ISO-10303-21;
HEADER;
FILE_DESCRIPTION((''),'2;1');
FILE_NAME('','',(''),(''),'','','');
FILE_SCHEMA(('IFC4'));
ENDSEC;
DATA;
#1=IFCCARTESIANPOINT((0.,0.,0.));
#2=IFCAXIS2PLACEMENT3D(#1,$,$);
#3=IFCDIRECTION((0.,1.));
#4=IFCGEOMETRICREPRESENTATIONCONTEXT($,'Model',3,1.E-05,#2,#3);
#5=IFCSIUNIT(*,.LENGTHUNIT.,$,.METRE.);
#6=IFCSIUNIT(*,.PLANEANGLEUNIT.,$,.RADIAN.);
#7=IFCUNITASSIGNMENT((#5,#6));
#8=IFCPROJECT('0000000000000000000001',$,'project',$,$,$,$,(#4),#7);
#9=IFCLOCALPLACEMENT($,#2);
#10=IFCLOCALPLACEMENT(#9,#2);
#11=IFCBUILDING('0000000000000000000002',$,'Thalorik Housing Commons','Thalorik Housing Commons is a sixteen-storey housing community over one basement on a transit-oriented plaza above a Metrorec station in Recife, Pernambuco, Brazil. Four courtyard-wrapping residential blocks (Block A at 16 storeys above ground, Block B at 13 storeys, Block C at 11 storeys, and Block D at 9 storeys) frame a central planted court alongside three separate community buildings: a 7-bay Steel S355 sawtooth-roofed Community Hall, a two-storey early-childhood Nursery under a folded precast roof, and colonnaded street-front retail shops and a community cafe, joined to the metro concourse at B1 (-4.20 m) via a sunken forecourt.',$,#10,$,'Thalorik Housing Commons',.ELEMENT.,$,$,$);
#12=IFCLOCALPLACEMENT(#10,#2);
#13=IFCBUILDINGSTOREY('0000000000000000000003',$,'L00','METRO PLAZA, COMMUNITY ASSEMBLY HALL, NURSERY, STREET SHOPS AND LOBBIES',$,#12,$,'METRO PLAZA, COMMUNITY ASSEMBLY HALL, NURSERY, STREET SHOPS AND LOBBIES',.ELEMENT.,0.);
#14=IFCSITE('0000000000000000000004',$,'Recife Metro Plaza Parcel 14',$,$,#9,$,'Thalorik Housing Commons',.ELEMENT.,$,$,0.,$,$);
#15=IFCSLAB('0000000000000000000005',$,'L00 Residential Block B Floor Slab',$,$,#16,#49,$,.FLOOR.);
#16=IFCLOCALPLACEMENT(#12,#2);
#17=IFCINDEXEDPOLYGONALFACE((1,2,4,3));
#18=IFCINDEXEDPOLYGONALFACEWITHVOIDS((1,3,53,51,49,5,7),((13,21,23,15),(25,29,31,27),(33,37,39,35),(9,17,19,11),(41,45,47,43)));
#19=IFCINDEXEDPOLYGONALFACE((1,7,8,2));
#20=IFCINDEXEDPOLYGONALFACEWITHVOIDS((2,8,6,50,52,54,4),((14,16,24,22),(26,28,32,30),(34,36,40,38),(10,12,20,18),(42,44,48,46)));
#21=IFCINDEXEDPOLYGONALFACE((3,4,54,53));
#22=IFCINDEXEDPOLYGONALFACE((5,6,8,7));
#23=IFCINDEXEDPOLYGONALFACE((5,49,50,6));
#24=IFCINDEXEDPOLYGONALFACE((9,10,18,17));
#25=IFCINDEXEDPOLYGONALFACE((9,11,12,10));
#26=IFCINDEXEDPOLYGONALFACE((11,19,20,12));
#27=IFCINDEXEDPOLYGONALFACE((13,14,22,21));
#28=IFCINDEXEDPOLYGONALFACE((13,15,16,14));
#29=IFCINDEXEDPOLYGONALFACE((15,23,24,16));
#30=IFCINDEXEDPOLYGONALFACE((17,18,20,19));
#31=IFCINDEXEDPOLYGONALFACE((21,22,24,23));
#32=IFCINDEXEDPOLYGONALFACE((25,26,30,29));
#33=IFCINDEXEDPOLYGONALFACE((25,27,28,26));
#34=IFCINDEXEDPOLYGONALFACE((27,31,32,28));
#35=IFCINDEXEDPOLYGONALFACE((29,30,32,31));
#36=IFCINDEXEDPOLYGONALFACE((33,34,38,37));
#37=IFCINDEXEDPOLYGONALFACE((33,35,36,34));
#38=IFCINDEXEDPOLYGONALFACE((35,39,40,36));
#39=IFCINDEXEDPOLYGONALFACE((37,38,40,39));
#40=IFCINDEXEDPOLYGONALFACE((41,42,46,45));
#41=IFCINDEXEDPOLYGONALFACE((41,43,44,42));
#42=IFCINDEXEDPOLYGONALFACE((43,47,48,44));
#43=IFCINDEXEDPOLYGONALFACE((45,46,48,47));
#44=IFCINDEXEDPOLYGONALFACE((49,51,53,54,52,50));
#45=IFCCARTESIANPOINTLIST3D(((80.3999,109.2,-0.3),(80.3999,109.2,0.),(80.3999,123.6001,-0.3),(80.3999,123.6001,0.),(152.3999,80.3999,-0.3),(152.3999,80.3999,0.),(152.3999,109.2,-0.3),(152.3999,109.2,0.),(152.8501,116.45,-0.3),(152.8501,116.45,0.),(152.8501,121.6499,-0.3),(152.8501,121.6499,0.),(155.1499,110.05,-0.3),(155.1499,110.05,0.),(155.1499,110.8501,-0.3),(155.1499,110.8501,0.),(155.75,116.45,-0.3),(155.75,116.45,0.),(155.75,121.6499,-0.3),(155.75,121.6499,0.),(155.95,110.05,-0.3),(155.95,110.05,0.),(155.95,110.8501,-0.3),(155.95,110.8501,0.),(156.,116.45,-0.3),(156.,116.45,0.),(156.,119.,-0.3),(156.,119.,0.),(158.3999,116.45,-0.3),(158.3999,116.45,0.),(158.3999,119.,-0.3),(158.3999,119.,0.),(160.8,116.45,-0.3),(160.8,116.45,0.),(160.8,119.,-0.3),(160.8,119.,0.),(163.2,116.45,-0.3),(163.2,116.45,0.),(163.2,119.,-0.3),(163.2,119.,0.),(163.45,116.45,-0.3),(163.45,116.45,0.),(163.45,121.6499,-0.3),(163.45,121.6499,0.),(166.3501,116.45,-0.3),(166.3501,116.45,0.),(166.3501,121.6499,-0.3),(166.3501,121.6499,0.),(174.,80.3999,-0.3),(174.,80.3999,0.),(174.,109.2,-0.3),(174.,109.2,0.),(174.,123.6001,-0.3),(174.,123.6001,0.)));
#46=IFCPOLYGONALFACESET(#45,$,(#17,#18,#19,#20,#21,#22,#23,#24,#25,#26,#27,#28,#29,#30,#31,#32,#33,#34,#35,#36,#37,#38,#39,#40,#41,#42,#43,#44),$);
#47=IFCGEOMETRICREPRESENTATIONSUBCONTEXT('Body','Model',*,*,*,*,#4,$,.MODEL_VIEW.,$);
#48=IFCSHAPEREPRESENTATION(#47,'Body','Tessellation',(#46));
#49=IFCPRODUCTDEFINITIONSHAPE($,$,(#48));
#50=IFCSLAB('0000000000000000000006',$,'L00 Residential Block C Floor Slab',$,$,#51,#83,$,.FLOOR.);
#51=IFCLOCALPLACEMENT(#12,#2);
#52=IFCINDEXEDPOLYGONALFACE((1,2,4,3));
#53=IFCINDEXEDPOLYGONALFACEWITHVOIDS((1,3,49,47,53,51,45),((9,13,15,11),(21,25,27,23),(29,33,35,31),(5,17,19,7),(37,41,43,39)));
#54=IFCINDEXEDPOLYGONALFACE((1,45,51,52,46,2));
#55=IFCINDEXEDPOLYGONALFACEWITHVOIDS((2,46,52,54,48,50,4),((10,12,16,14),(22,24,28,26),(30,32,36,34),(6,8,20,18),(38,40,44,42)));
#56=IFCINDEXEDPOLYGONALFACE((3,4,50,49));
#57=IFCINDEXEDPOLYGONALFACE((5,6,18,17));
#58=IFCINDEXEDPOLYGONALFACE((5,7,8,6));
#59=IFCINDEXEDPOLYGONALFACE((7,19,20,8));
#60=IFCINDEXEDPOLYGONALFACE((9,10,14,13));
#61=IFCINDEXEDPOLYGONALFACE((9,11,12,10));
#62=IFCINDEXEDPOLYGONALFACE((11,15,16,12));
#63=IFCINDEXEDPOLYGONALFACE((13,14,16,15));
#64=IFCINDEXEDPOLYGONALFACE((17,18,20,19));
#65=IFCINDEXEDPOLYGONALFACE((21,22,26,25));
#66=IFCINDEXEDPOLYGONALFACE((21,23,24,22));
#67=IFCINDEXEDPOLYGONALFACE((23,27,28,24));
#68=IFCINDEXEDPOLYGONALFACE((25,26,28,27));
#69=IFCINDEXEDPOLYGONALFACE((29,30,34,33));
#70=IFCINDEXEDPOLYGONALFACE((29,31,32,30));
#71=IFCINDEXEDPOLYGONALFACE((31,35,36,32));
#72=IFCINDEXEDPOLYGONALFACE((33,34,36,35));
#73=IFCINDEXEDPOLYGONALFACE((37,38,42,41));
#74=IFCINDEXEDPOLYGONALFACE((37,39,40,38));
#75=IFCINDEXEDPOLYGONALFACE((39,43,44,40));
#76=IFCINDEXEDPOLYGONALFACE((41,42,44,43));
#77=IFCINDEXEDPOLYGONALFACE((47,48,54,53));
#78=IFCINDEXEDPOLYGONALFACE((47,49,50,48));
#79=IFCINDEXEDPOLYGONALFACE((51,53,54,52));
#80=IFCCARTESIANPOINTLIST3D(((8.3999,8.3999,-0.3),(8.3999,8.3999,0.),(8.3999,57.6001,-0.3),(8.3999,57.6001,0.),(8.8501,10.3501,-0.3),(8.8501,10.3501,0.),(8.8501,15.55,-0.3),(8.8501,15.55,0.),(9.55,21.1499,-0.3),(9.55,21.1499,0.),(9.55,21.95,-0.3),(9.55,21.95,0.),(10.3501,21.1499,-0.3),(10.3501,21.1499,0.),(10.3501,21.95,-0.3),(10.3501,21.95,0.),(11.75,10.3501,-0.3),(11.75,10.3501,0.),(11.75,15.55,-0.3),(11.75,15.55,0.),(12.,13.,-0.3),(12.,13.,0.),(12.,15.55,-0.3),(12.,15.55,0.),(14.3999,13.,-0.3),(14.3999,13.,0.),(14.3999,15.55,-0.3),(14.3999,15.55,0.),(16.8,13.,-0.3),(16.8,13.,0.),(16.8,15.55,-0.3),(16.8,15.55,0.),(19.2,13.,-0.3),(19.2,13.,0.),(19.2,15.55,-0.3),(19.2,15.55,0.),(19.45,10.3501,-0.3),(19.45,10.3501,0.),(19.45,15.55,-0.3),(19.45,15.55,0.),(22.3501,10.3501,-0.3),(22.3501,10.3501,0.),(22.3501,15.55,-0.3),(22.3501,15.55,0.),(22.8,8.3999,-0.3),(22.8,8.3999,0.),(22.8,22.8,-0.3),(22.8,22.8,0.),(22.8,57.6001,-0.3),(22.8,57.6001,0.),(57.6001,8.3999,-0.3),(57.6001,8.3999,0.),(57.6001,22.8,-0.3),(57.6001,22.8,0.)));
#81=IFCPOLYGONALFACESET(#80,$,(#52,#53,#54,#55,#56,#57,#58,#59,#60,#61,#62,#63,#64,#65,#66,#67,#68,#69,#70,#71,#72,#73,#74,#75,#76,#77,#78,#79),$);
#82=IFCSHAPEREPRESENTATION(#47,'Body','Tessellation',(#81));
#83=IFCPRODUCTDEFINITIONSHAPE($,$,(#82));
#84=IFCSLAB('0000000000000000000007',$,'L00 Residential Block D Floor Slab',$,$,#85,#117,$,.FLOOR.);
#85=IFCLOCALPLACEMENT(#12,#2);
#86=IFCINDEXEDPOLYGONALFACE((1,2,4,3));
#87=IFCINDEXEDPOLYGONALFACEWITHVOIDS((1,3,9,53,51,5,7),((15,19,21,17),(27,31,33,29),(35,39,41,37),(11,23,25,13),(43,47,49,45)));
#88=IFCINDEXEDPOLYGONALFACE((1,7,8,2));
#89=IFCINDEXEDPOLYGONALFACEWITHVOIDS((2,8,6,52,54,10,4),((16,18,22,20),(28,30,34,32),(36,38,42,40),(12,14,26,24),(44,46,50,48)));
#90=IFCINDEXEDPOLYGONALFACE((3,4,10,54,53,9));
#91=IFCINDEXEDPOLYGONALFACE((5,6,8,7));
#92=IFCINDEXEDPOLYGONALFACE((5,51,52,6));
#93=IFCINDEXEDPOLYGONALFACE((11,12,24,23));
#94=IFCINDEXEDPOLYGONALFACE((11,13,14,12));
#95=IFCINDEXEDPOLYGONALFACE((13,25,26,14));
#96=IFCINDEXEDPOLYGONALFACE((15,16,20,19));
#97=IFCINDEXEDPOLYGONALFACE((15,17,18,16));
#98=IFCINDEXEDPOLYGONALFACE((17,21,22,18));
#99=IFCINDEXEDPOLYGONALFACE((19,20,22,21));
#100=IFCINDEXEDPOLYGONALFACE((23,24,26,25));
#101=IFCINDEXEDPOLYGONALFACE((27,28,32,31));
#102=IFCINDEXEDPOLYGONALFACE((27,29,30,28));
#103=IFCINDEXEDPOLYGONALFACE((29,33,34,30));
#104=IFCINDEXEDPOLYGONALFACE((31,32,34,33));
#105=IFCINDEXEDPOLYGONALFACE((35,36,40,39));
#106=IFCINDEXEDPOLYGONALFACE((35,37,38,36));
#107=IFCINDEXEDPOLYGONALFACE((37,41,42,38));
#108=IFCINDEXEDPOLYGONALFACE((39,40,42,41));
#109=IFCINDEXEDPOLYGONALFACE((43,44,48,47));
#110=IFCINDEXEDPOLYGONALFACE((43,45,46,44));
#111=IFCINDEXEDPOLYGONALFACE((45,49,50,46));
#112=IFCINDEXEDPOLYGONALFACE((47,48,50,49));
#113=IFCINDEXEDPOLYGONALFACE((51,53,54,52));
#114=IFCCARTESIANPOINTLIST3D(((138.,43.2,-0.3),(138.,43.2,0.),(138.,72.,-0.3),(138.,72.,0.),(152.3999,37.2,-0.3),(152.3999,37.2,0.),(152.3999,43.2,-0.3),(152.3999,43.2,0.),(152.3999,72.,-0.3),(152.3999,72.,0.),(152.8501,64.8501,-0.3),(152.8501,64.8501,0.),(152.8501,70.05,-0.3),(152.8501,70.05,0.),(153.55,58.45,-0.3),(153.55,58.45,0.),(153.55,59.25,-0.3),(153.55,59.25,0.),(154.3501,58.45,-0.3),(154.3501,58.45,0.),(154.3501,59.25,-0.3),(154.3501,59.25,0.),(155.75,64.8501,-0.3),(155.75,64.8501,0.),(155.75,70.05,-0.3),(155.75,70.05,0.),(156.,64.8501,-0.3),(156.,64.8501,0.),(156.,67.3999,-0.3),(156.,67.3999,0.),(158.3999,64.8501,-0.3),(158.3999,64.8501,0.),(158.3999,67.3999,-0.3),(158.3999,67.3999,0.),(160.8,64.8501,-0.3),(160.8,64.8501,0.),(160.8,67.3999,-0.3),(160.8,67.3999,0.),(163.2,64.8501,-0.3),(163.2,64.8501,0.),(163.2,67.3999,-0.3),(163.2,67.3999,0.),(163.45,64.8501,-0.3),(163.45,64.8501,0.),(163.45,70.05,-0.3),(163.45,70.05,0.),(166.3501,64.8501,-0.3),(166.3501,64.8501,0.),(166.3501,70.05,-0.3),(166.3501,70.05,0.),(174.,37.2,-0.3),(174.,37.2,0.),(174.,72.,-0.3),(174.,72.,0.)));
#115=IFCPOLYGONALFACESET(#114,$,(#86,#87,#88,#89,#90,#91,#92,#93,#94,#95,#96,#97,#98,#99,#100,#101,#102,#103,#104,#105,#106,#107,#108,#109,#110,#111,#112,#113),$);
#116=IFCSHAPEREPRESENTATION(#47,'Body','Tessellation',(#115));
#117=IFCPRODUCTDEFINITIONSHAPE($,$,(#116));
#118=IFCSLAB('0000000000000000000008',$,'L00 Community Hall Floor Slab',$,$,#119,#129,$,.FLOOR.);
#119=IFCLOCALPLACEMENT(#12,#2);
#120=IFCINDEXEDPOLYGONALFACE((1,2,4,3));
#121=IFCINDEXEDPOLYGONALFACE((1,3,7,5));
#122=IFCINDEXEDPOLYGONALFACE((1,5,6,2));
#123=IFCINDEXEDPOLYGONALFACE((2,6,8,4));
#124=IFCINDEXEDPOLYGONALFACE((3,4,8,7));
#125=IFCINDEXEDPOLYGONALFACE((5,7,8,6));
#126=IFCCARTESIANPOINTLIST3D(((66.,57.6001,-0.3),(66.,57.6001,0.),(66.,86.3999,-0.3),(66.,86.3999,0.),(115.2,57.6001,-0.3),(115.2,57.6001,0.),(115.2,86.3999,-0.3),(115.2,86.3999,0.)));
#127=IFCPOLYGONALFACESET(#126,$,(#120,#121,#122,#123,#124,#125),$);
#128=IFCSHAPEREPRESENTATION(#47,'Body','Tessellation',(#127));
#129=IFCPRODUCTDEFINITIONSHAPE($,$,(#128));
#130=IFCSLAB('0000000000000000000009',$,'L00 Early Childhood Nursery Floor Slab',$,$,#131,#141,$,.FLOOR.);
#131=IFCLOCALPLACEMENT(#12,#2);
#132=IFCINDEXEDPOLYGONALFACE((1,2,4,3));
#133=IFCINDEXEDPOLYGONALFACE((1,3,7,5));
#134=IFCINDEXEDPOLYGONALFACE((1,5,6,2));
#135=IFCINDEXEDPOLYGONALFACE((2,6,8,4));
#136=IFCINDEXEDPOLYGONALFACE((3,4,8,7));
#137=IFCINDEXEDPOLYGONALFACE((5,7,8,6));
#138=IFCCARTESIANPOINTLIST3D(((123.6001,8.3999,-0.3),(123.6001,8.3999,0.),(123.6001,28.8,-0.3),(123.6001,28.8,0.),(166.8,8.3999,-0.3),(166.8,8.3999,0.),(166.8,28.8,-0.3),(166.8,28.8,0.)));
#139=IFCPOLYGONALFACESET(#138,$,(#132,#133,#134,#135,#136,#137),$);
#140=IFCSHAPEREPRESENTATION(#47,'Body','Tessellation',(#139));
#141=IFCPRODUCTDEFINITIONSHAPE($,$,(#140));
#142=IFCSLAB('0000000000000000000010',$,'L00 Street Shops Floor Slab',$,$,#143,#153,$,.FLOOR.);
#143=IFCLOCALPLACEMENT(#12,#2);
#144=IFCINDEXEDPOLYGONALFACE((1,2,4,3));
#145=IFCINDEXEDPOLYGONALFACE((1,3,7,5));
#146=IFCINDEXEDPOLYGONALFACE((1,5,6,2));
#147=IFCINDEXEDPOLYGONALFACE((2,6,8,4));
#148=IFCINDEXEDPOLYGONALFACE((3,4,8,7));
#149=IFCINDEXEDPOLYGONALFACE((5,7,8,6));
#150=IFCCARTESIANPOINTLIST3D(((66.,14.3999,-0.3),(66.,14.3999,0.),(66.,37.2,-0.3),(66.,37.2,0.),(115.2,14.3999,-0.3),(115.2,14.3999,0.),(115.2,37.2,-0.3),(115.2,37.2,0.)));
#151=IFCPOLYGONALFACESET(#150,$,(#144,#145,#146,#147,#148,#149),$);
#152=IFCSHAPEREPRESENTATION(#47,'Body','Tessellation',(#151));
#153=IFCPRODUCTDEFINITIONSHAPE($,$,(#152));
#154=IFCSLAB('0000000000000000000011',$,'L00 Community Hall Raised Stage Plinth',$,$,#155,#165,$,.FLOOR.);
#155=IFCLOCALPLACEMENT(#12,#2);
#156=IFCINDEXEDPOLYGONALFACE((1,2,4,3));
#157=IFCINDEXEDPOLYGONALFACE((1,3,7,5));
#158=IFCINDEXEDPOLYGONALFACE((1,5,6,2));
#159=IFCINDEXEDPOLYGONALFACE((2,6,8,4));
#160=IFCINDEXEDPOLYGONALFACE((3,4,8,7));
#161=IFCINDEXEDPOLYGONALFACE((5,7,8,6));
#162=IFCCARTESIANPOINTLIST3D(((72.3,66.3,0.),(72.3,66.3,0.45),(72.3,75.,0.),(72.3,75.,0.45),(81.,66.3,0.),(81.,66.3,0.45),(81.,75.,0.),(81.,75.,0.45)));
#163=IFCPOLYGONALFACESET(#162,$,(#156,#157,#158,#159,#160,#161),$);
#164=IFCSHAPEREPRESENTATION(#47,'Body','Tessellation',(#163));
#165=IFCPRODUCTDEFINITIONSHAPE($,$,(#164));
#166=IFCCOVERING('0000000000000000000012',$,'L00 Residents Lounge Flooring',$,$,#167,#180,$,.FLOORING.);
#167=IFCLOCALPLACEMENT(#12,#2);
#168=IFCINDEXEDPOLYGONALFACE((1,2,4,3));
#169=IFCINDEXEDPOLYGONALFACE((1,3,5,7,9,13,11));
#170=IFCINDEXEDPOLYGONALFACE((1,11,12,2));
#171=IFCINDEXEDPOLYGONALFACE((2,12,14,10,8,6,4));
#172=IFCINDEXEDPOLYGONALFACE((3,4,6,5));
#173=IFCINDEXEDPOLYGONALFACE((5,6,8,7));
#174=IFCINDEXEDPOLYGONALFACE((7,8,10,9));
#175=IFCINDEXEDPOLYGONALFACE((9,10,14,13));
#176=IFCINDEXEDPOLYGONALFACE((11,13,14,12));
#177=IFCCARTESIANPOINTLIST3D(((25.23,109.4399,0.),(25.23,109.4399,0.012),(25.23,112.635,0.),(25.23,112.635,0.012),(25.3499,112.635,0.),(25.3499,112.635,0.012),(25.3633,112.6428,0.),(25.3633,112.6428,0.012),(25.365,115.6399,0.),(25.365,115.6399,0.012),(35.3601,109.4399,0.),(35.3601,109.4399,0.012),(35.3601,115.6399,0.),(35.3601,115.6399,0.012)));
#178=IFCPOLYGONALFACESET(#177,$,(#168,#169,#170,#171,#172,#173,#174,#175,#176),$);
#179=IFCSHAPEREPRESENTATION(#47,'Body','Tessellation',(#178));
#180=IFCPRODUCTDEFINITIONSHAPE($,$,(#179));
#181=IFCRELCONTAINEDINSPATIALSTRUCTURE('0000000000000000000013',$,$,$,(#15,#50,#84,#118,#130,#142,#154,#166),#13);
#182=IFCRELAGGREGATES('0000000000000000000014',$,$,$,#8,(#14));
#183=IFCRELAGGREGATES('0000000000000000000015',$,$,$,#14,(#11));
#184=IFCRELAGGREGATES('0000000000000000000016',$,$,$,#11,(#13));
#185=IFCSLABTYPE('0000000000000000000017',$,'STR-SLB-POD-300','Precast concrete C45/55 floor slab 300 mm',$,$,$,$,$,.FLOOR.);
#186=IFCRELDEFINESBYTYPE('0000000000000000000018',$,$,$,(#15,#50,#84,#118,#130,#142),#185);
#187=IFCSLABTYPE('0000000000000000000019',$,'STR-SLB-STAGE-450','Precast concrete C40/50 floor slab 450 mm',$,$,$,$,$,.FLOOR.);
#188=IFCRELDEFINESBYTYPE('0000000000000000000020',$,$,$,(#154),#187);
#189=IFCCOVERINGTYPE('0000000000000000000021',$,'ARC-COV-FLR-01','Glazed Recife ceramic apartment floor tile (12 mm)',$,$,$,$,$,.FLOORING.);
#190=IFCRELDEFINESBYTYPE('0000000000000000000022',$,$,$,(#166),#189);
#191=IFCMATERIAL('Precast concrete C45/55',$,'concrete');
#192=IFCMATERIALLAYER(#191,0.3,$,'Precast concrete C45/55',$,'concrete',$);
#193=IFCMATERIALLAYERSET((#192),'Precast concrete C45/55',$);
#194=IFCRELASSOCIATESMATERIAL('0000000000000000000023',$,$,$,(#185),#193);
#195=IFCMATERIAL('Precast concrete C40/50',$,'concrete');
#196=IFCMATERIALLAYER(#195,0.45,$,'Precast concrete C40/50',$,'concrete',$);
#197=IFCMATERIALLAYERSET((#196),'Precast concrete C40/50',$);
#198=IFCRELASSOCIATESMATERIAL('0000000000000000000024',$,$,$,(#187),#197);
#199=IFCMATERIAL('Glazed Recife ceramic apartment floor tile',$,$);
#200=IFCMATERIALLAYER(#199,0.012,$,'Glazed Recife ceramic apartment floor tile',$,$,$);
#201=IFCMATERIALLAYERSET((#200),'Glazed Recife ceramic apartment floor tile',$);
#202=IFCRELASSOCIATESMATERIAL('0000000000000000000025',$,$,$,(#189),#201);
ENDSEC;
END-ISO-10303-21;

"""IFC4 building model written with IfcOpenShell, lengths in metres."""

from ifc_helpers import new_model, si_unit, direction, frame, origin, place, context, subcontext, project, spatial, polyline, outline, extrude, material, layer, layer_set, type_object, element, save


model = new_model("IFC4")

# Units and contexts
model_context = context("Model", 3, precision=1e-05, world=origin(), true_north=direction((0.0, 1.0)))
body_context = subcontext(model_context, "Body", "Model", "MODEL_VIEW")
ifc_project = project(units=[si_unit("LENGTHUNIT", "METRE"), si_unit("PLANEANGLEUNIT", "RADIAN")], contexts=[model_context])

# Site, building, storey
site_placement = place(None, origin())
site = spatial("IfcSite", under=ifc_project, at=site_placement, Name="Recife Metro Plaza Parcel 14", LongName="Thalorik Housing Commons", CompositionType="ELEMENT", RefElevation=0.0)
building_placement = place(site_placement, origin())
building = spatial("IfcBuilding", under=site, at=building_placement, Name="Thalorik Housing Commons", Description="Thalorik Housing Commons is a sixteen-storey housing community over one basement on a transit-oriented plaza above a Metrorec station in Recife, Pernambuco, Brazil. Four courtyard-wrapping residential blocks (Block A at 16 storeys above ground, Block B at 13 storeys, Block C at 11 storeys, and Block D at 9 storeys) frame a central planted court alongside three separate community buildings: a 7-bay Steel S355 sawtooth-roofed Community Hall, a two-storey early-childhood Nursery under a folded precast roof, and colonnaded street-front retail shops and a community cafe, joined to the metro concourse at B1 (-4.20 m) via a sunken forecourt.", LongName="Thalorik Housing Commons", CompositionType="ELEMENT")
storey_placement = place(building_placement, origin())
storey = spatial("IfcBuildingStorey", under=building, at=storey_placement, Name="L00", Description="METRO PLAZA, COMMUNITY ASSEMBLY HALL, NURSERY, STREET SHOPS AND LOBBIES", LongName="METRO PLAZA, COMMUNITY ASSEMBLY HALL, NURSERY, STREET SHOPS AND LOBBIES", CompositionType="ELEMENT", Elevation=0.0)

# Shared definitions
ifc_material_1 = material(Name="Precast concrete C40/50", Category="concrete")

# Slabs
ifc_material_2 = material(Name="Precast concrete C45/55", Category="concrete")
ifc_layer_1 = layer(ifc_material_2, 0.3, Name="Precast concrete C45/55", Category="concrete")
ifc_layer_set_1 = layer_set([ifc_layer_1], Name="Precast concrete C45/55")
slab_type_1 = type_object("IfcSlabType", Name="STR-SLB-POD-300", Description="Precast concrete C45/55 floor slab 300 mm", PredefinedType="FLOOR", material=ifc_layer_set_1)
slab_1_placement = place(storey_placement, frame((0.0, 0.0, -0.3)))
element("IfcSlab", 1, at=slab_1_placement, inside=storey, type_object=slab_type_1, Name="L00 Residential Block B Floor Slab", PredefinedType="FLOOR", context=body_context, shape_type="SweptSolid", body=[
    extrude(outline(polyline([(80.3999, 109.2), (152.3999, 109.2), (152.3999, 80.3999), (174.0, 80.3999), (174.0, 109.2), (174.0, 123.6001), (80.3999, 123.6001), (80.3999, 109.2)]), holes=[polyline([(152.8501, 121.6499), (155.75, 121.6499), (155.75, 116.45), (152.8501, 116.45), (152.8501, 121.6499)]), polyline([(166.3501, 121.6499), (166.3501, 116.45), (163.45, 116.45), (163.45, 121.6499), (166.3501, 121.6499)]), polyline([(158.3999, 119.0), (158.3999, 116.45), (156.0, 116.45), (156.0, 119.0), (158.3999, 119.0)]), polyline([(163.2, 116.45), (160.8, 116.45), (160.8, 119.0), (163.2, 119.0), (163.2, 116.45)]), polyline([(155.1499, 110.05), (155.1499, 110.8501), (155.95, 110.8501), (155.95, 110.05), (155.1499, 110.05)])]), origin(), (0.0, 0.0, 1.0), 0.3),
])
slab_2_placement = place(storey_placement, frame((0.0, 0.0, -0.3)))
element("IfcSlab", 2, at=slab_2_placement, inside=storey, type_object=slab_type_1, Name="L00 Residential Block C Floor Slab", PredefinedType="FLOOR", context=body_context, shape_type="SweptSolid", body=[
    extrude(outline(polyline([(8.3999, 8.3999), (22.8, 8.3999), (57.6001, 8.3999), (57.6001, 22.8), (22.8, 22.8), (22.8, 57.6001), (8.3999, 57.6001), (8.3999, 8.3999)]), holes=[polyline([(11.75, 10.3501), (8.8501, 10.3501), (8.8501, 15.55), (11.75, 15.55), (11.75, 10.3501)]), polyline([(19.45, 10.3501), (19.45, 15.55), (22.3501, 15.55), (22.3501, 10.3501), (19.45, 10.3501)]), polyline([(14.3999, 15.55), (14.3999, 13.0), (12.0, 13.0), (12.0, 15.55), (14.3999, 15.55)]), polyline([(19.2, 13.0), (16.8, 13.0), (16.8, 15.55), (19.2, 15.55), (19.2, 13.0)]), polyline([(9.55, 21.1499), (9.55, 21.95), (10.3501, 21.95), (10.3501, 21.1499), (9.55, 21.1499)])]), origin(), (0.0, 0.0, 1.0), 0.3),
])
slab_3_placement = place(storey_placement, frame((0.0, 0.0, -0.3)))
element("IfcSlab", 3, at=slab_3_placement, inside=storey, type_object=slab_type_1, Name="L00 Residential Block D Floor Slab", PredefinedType="FLOOR", context=body_context, shape_type="SweptSolid", body=[
    extrude(outline(polyline([(152.3999, 43.2), (152.3999, 37.2), (174.0, 37.2), (174.0, 72.0), (152.3999, 72.0), (138.0, 72.0), (138.0, 43.2), (152.3999, 43.2)]), holes=[polyline([(152.8501, 70.05), (155.75, 70.05), (155.75, 64.8501), (152.8501, 64.8501), (152.8501, 70.05)]), polyline([(166.3501, 70.05), (166.3501, 64.8501), (163.45, 64.8501), (163.45, 70.05), (166.3501, 70.05)]), polyline([(158.3999, 67.3999), (158.3999, 64.8501), (156.0, 64.8501), (156.0, 67.3999), (158.3999, 67.3999)]), polyline([(163.2, 64.8501), (160.8, 64.8501), (160.8, 67.3999), (163.2, 67.3999), (163.2, 64.8501)]), polyline([(153.55, 58.45), (153.55, 59.25), (154.3501, 59.25), (154.3501, 58.45), (153.55, 58.45)])]), origin(), (0.0, 0.0, 1.0), 0.3),
])
slab_4_placement = place(storey_placement, frame((0.0, 0.0, -0.3)))
element("IfcSlab", 4, at=slab_4_placement, inside=storey, type_object=slab_type_1, Name="L00 Community Hall Floor Slab", PredefinedType="FLOOR", context=body_context, shape_type="SweptSolid", body=[
    extrude(outline(polyline([(115.2, 57.6001), (115.2, 86.3999), (66.0, 86.3999), (66.0, 57.6001), (115.2, 57.6001)])), origin(), (0.0, 0.0, 1.0), 0.3),
])
slab_5_placement = place(storey_placement, frame((0.0, 0.0, -0.3)))
element("IfcSlab", 5, at=slab_5_placement, inside=storey, type_object=slab_type_1, Name="L00 Early Childhood Nursery Floor Slab", PredefinedType="FLOOR", context=body_context, shape_type="SweptSolid", body=[
    extrude(outline(polyline([(166.8, 8.3999), (166.8, 28.8), (123.6001, 28.8), (123.6001, 8.3999), (166.8, 8.3999)])), origin(), (0.0, 0.0, 1.0), 0.3),
])
slab_6_placement = place(storey_placement, frame((0.0, 0.0, -0.3)))
element("IfcSlab", 6, at=slab_6_placement, inside=storey, type_object=slab_type_1, Name="L00 Street Shops Floor Slab", PredefinedType="FLOOR", context=body_context, shape_type="SweptSolid", body=[
    extrude(outline(polyline([(115.2, 14.3999), (115.2, 37.2), (66.0, 37.2), (66.0, 14.3999), (115.2, 14.3999)])), origin(), (0.0, 0.0, 1.0), 0.3),
])
ifc_layer_2 = layer(ifc_material_1, 0.45, Name="Precast concrete C40/50", Category="concrete")
ifc_layer_set_2 = layer_set([ifc_layer_2], Name="Precast concrete C40/50")
slab_type_2 = type_object("IfcSlabType", Name="STR-SLB-STAGE-450", Description="Precast concrete C40/50 floor slab 450 mm", PredefinedType="FLOOR", material=ifc_layer_set_2)
slab_7_placement = place(storey_placement, origin())
element("IfcSlab", 7, at=slab_7_placement, inside=storey, type_object=slab_type_2, Name="L00 Community Hall Raised Stage Plinth", PredefinedType="FLOOR", context=body_context, shape_type="SweptSolid", body=[
    extrude(outline(polyline([(72.3, 66.3), (81.0, 66.3), (81.0, 75.0), (72.3, 75.0), (72.3, 66.3)])), origin(), (0.0, 0.0, 1.0), 0.45),
])

# Covering
ifc_material_3 = material(Name="Glazed Recife ceramic apartment floor tile")
ifc_layer_3 = layer(ifc_material_3, 0.012, Name="Glazed Recife ceramic apartment floor tile")
ifc_layer_set_3 = layer_set([ifc_layer_3], Name="Glazed Recife ceramic apartment floor tile")
covering_type_1 = type_object("IfcCoveringType", Name="ARC-COV-FLR-01", Description="Glazed Recife ceramic apartment floor tile (12 mm)", PredefinedType="FLOORING", material=ifc_layer_set_3)
covering_1_placement = place(storey_placement, origin())
element("IfcCovering", 8, at=covering_1_placement, inside=storey, type_object=covering_type_1, Name="L00 Residents Lounge Flooring", PredefinedType="FLOORING", context=body_context, shape_type="SweptSolid", body=[
    extrude(outline(polyline([(25.23, 109.4399), (35.3601, 109.4399), (35.3601, 115.6399), (25.365, 115.6399), (25.3633, 112.6428), (25.3499, 112.635), (25.23, 112.635), (25.23, 109.4399)])), origin(), (0.0, 0.0, 1.0), 0.012),
])

save(model, "model.ifc")
